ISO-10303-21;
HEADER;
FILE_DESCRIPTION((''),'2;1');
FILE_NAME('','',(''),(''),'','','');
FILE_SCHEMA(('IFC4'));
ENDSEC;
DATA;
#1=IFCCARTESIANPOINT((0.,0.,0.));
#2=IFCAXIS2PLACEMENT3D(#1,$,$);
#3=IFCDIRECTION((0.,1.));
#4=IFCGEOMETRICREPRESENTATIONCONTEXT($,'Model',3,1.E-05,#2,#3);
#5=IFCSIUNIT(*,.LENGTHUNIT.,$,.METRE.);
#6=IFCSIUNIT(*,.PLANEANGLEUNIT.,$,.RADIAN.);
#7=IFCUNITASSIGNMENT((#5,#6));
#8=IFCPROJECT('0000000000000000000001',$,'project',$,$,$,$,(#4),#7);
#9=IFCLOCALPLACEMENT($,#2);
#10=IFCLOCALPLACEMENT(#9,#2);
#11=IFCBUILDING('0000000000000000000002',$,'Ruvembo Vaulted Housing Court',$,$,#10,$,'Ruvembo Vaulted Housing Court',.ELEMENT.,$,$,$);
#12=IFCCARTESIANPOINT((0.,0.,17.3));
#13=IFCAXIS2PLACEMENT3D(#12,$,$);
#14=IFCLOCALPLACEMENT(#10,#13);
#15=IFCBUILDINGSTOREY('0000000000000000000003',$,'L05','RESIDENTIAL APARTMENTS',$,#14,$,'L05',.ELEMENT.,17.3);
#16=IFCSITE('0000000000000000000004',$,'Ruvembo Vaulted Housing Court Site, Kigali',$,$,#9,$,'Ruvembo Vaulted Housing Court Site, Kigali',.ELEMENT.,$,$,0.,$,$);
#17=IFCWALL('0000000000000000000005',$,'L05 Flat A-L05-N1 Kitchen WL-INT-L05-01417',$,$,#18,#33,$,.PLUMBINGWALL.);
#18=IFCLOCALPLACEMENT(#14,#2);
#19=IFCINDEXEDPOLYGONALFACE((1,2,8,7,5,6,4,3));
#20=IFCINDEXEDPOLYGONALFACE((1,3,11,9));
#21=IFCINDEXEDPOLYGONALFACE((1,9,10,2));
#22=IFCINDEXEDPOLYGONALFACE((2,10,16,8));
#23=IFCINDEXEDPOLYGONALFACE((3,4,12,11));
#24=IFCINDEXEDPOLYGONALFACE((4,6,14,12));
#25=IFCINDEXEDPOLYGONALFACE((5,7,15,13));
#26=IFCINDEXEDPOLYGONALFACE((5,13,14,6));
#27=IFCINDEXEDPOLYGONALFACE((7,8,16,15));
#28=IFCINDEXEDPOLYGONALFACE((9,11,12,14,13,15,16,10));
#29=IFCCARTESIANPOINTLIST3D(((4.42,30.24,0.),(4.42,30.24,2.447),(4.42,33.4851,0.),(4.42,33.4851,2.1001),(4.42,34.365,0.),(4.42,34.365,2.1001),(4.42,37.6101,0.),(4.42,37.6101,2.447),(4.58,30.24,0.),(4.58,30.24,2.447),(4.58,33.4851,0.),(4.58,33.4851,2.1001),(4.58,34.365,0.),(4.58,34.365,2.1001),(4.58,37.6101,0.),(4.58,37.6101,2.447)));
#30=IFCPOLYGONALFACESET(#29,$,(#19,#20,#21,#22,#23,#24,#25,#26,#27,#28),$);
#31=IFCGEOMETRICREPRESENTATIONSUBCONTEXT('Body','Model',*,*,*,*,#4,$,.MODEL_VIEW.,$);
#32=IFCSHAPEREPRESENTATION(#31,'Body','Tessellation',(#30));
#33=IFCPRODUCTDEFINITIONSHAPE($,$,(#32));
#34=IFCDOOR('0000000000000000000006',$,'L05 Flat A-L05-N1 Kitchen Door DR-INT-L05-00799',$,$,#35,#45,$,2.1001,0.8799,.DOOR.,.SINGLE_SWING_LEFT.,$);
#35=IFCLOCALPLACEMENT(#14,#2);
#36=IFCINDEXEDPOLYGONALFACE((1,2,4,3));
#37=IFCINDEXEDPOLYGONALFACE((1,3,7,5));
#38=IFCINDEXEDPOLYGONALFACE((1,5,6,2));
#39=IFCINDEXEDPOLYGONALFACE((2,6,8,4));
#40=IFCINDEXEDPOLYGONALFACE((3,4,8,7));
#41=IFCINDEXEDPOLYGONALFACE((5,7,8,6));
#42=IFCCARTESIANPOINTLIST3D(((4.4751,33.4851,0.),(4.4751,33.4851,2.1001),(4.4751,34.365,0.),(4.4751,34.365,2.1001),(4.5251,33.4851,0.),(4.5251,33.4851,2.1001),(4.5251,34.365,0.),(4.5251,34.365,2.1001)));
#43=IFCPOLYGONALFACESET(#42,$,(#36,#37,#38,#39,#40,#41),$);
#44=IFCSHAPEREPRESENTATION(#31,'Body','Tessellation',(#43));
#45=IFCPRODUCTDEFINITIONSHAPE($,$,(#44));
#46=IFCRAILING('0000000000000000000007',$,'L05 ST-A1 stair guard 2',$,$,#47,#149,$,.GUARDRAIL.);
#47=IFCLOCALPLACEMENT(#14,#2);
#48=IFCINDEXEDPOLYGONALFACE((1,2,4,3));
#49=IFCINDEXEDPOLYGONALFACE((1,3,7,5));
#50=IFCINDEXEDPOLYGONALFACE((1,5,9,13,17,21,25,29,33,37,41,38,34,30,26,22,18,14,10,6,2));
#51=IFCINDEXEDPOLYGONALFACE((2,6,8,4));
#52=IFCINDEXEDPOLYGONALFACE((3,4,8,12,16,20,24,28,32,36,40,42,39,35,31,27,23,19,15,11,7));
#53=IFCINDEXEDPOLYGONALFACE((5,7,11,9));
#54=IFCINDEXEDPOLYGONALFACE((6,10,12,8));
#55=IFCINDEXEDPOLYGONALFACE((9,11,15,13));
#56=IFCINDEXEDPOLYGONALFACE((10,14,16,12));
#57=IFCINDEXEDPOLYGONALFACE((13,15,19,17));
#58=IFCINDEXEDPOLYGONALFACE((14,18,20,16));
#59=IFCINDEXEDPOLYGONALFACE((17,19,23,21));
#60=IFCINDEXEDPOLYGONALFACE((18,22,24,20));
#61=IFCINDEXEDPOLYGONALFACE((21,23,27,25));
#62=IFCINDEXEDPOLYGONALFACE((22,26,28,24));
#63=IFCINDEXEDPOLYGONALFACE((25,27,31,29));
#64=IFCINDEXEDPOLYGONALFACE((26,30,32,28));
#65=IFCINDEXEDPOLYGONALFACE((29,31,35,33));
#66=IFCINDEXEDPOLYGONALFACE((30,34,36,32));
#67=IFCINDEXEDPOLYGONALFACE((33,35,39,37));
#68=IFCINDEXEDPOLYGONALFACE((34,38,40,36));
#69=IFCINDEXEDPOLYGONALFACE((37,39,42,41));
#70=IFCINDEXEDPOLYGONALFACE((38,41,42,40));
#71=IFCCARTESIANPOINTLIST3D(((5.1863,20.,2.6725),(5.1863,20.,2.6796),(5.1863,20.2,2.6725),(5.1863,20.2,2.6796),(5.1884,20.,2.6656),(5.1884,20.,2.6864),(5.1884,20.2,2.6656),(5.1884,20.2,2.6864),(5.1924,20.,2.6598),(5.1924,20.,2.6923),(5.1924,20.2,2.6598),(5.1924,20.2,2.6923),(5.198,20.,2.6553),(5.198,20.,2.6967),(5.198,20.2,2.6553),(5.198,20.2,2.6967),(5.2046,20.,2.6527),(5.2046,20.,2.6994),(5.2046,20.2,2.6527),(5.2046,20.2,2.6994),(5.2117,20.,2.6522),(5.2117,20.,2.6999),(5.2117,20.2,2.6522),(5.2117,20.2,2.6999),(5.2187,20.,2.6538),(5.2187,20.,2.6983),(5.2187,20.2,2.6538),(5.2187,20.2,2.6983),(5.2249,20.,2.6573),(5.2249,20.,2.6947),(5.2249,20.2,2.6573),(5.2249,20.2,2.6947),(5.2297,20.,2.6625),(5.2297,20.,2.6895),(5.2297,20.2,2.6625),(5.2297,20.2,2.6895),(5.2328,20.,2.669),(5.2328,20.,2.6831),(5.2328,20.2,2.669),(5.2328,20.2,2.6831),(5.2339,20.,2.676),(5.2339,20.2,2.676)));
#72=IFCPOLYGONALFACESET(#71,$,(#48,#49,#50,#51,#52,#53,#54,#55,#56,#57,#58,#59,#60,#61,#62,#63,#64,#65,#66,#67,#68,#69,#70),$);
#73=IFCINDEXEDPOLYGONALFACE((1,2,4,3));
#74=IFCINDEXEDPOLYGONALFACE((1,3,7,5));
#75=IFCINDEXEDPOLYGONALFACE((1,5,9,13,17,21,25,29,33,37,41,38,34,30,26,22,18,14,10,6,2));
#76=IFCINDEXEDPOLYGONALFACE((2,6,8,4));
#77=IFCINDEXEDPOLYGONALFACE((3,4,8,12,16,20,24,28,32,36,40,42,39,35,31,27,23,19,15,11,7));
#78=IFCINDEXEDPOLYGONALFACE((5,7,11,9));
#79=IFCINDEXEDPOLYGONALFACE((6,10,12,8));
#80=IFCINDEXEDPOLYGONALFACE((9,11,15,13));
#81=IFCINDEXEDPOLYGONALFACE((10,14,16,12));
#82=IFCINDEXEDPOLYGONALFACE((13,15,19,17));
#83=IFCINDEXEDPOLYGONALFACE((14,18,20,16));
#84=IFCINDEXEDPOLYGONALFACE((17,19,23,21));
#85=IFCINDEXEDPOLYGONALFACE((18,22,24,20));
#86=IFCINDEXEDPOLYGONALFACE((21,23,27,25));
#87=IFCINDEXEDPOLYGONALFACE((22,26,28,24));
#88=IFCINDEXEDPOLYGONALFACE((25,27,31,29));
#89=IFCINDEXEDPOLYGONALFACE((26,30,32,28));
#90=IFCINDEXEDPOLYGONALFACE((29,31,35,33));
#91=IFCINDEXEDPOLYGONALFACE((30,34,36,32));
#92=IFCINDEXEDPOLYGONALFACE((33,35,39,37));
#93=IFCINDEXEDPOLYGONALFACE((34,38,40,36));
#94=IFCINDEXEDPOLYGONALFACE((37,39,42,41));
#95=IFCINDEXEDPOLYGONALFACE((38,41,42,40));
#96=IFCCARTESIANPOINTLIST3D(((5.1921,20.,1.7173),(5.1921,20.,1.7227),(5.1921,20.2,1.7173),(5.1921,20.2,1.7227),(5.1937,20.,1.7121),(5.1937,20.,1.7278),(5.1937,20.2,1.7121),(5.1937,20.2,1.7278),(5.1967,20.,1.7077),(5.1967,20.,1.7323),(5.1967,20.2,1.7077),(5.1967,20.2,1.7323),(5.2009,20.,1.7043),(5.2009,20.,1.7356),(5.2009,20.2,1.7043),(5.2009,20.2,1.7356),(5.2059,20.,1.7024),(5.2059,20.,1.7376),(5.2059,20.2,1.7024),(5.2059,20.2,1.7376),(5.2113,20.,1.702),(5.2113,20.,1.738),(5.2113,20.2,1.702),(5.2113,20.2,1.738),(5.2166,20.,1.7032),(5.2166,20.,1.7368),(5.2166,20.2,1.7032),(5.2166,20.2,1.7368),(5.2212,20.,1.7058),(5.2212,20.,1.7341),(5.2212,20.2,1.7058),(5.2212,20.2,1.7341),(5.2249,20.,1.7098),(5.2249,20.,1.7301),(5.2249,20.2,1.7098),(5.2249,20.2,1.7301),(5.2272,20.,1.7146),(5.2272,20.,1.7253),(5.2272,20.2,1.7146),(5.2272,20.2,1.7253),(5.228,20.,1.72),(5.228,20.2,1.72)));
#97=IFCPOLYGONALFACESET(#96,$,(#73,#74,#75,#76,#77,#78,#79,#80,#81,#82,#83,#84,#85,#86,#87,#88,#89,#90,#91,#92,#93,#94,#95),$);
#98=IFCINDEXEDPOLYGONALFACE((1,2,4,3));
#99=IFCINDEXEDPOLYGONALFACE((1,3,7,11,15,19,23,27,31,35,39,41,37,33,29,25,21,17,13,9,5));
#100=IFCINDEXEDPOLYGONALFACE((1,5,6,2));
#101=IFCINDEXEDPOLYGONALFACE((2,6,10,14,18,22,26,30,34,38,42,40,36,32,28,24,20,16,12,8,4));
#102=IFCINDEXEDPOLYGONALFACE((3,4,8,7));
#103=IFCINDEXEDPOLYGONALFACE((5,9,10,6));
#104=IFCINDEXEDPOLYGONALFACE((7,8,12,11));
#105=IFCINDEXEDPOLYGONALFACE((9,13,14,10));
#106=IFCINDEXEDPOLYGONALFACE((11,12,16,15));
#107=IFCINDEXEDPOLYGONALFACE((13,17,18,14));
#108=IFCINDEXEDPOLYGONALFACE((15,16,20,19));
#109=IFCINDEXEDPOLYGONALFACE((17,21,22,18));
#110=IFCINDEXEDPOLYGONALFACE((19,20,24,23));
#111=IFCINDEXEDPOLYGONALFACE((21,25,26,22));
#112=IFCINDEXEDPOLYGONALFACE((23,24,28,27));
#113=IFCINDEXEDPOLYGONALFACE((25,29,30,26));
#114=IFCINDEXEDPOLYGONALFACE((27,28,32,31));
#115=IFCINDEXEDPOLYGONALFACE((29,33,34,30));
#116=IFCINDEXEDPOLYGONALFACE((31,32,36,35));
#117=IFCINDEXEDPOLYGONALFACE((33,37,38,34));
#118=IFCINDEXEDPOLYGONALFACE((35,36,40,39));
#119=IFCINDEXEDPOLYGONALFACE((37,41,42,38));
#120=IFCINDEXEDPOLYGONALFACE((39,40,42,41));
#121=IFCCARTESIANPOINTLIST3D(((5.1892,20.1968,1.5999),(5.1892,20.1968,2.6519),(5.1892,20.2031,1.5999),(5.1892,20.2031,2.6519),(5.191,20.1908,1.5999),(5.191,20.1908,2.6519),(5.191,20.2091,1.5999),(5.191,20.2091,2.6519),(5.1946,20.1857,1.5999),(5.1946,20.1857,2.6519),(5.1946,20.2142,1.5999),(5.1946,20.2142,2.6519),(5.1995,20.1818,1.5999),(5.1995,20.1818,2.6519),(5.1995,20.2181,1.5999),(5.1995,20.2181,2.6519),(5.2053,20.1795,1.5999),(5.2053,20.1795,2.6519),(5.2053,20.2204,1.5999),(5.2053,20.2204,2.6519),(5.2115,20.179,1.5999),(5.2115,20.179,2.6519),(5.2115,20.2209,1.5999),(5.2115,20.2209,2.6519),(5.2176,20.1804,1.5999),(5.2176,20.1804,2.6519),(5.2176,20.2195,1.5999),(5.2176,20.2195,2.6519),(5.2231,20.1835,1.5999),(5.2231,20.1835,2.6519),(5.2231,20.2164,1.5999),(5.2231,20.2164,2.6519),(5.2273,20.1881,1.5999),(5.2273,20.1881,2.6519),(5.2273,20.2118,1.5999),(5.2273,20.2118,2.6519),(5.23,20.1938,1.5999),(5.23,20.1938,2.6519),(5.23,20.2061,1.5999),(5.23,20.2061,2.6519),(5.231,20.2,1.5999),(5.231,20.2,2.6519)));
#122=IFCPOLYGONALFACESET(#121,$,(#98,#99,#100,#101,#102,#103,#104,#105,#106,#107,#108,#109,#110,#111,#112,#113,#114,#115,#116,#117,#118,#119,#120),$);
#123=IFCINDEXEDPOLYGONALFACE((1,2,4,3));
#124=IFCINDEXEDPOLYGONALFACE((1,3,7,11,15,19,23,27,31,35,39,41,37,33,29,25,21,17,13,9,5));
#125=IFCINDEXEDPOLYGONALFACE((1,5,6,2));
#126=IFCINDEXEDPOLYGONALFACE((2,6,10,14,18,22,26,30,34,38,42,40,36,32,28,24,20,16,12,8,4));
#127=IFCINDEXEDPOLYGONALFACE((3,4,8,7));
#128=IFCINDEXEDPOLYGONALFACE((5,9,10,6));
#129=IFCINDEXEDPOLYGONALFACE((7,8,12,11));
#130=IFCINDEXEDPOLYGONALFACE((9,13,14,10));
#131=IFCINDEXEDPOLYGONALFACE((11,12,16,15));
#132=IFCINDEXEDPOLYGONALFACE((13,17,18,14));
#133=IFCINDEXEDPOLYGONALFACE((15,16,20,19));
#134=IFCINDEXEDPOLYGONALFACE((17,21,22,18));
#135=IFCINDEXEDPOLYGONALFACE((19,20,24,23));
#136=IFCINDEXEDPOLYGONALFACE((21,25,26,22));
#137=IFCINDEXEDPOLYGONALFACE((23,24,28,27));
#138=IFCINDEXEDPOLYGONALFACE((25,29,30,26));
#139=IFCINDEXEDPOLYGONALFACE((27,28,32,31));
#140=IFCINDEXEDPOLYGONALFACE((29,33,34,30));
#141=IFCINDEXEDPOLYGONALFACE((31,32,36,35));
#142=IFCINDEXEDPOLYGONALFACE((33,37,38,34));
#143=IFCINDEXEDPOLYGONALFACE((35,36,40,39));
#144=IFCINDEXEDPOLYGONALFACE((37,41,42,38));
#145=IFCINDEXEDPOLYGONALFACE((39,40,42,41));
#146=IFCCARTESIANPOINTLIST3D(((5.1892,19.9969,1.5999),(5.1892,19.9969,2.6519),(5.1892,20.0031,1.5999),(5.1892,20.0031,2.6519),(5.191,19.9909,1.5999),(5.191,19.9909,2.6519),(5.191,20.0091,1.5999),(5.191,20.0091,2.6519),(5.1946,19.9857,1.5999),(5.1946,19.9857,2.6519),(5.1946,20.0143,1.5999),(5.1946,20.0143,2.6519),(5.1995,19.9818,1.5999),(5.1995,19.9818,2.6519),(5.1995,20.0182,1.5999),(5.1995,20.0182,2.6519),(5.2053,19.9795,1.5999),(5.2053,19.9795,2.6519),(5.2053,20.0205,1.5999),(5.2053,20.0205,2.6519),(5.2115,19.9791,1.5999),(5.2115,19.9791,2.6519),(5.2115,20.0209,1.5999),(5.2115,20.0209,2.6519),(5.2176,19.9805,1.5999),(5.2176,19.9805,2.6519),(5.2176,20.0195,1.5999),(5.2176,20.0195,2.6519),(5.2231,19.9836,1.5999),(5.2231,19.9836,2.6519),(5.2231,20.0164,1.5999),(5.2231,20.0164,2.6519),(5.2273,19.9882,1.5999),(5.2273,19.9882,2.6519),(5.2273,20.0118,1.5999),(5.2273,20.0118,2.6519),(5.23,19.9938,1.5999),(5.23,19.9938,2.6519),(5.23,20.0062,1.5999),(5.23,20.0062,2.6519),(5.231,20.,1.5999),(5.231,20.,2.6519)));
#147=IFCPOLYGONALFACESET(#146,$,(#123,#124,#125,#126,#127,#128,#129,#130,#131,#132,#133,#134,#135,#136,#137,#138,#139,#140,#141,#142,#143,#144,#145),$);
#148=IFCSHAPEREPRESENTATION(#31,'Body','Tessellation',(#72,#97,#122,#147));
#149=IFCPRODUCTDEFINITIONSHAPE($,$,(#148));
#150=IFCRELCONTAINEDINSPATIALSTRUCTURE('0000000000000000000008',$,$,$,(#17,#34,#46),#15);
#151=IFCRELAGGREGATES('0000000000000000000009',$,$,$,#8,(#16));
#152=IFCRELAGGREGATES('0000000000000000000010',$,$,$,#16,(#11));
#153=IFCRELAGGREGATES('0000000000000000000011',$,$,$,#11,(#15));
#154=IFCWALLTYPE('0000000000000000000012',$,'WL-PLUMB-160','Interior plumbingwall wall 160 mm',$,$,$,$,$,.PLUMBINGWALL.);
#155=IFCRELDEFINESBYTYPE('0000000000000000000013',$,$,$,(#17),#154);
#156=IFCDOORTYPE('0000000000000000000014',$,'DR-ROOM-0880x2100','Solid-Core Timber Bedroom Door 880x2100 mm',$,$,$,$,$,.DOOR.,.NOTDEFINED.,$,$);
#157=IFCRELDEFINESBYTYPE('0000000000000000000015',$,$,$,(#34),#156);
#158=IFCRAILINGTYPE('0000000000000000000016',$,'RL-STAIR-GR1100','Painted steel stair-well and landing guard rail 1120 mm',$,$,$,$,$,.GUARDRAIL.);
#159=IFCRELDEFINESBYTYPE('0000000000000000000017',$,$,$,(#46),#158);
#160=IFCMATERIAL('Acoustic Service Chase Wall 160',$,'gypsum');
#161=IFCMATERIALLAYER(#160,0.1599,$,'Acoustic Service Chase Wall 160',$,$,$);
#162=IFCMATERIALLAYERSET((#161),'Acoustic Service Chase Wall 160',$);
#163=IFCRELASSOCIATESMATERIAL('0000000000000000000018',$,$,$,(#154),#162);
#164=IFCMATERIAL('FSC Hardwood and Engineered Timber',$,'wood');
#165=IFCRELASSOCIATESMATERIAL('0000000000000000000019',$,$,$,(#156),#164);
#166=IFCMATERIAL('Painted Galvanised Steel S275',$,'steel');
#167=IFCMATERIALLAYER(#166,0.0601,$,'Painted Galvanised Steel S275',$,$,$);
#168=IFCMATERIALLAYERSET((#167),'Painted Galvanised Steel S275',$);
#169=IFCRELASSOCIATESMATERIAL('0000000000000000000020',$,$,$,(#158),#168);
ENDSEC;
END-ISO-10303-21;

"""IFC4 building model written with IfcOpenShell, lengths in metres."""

from ifc_helpers import new_model, si_unit, direction, frame, frame_2d, origin, origin_2d, place, context, subcontext, project, spatial, rectangle, circle, extrude, material, layer, layer_set, type_object, element, fill, save


model = new_model("IFC4")

# Units and contexts
model_context = context("Model", 3, precision=1e-05, world=origin(), true_north=direction((0.0, 1.0)))
body_context = subcontext(model_context, "Body", "Model", "MODEL_VIEW")
ifc_project = project(units=[si_unit("LENGTHUNIT", "METRE"), si_unit("PLANEANGLEUNIT", "RADIAN")], contexts=[model_context])

# Site, building, storey
site_placement = place(None, origin())
site = spatial("IfcSite", under=ifc_project, at=site_placement, Name="Ruvembo Vaulted Housing Court Site, Kigali", LongName="Ruvembo Vaulted Housing Court Site, Kigali", CompositionType="ELEMENT", RefElevation=0.0)
building_placement = place(site_placement, origin())
building = spatial("IfcBuilding", under=site, at=building_placement, Name="Ruvembo Vaulted Housing Court", LongName="Ruvembo Vaulted Housing Court", CompositionType="ELEMENT")
storey_placement = place(building_placement, frame((0.0, 0.0, 17.3)))
storey = spatial("IfcBuildingStorey", under=building, at=storey_placement, Name="L05", Description="RESIDENTIAL APARTMENTS", LongName="L05", CompositionType="ELEMENT", Elevation=17.3)

# Shared definitions
ifc_material_1 = material(Name="FSC Hardwood and Engineered Timber", Category="wood")

# Wall, opening, door
ifc_material_2 = material(Name="Acoustic Service Chase Wall 160", Category="gypsum")
ifc_layer_1 = layer(ifc_material_2, 0.1599, Name="Acoustic Service Chase Wall 160")
ifc_layer_set_1 = layer_set([ifc_layer_1], Name="Acoustic Service Chase Wall 160")
wall_type_1 = type_object("IfcWallType", Name="WL-PLUMB-160", Description="Interior plumbingwall wall 160 mm", PredefinedType="PLUMBINGWALL", material=ifc_layer_set_1)
wall_1_placement = place(storey_placement, frame((4.5, 30.24, 0.0), z_axis=(0.0, 0.0, 1.0), x_axis=(0.0, 1.0, 0.0)))
wall_1 = element("IfcWall", 1, at=wall_1_placement, inside=storey, type_object=wall_type_1, Name="L05 Flat A-L05-N1 Kitchen WL-INT-L05-01417", PredefinedType="PLUMBINGWALL", context=body_context, shape_type="SweptSolid", body=[
    extrude(rectangle(XDim=7.3701, YDim=0.1599, at=frame_2d((3.6851, 0.0))), origin(), (0.0, 0.0, 1.0), 2.447),
])
opening_1_placement = place(wall_1_placement, frame((3.2451, 0.0, 0.0)))
opening_1 = element("IfcOpeningElement", 2, at=opening_1_placement, cuts=wall_1, PredefinedType="OPENING", context=body_context, shape_type="SweptSolid", body=[
    extrude(rectangle(XDim=0.8799, YDim=2.1001, at=frame_2d((0.4399, 1.05))), frame((0.0, 0.0898, 0.0), z_axis=(0.0, -1.0, 0.0), x_axis=(1.0, 0.0, 0.0)), (0.0, 0.0, 1.0), 0.1799),
])
door_type_1 = type_object("IfcDoorType", Name="DR-ROOM-0880x2100", Description="Solid-Core Timber Bedroom Door 880x2100 mm", OperationType="NOTDEFINED", PredefinedType="DOOR", material=ifc_material_1)
door_1_placement = place(opening_1_placement, origin())
door_1 = element("IfcDoor", 3, at=door_1_placement, inside=storey, type_object=door_type_1, Name="L05 Flat A-L05-N1 Kitchen Door DR-INT-L05-00799", OperationType="SINGLE_SWING_LEFT", OverallHeight=2.1001, OverallWidth=0.8799, PredefinedType="DOOR", context=body_context, shape_type="SweptSolid", body=[
    extrude(rectangle(XDim=0.8799, YDim=2.1001, at=frame_2d((0.4399, 1.05))), frame((0.0, 0.0249, 0.0), z_axis=(0.0, -1.0, 0.0), x_axis=(1.0, 0.0, 0.0)), (0.0, 0.0, 1.0), 0.05),
])
fill(opening_1, door_1)

# Railing
ifc_material_3 = material(Name="Painted Galvanised Steel S275", Category="steel")
ifc_layer_2 = layer(ifc_material_3, 0.0601, Name="Painted Galvanised Steel S275")
ifc_layer_set_2 = layer_set([ifc_layer_2], Name="Painted Galvanised Steel S275")
railing_type_1 = type_object("IfcRailingType", Name="RL-STAIR-GR1100", Description="Painted steel stair-well and landing guard rail 1120 mm", PredefinedType="GUARDRAIL", material=ifc_layer_set_2)
railing_1_placement = place(storey_placement, frame((5.21, 20.2, 1.5999)))
element("IfcRailing", 4, at=railing_1_placement, inside=storey, type_object=railing_type_1, Name="L05 ST-A1 stair guard 2", PredefinedType="GUARDRAIL", context=body_context, shape_type="SweptSolid", body=[
    extrude(circle(Radius=0.0239, at=origin_2d()), frame((0.0, 0.0, 1.0762), z_axis=(0.0, -1.0, 0.0), x_axis=(1.0, 0.0, 0.0)), (0.0, 0.0, 1.0), 0.2),
    extrude(circle(Radius=0.0181, at=origin_2d()), frame((0.0, 0.0, 0.1201), z_axis=(0.0, -1.0, 0.0), x_axis=(1.0, 0.0, 0.0)), (0.0, 0.0, 1.0), 0.2),
    extrude(circle(Radius=0.021, at=origin_2d()), origin(), (0.0, 0.0, 1.0), 1.052),
    extrude(circle(Radius=0.021, at=origin_2d()), frame((0.0, -0.2, 0.0)), (0.0, 0.0, 1.0), 1.052),
])

save(model, "model.ifc")
